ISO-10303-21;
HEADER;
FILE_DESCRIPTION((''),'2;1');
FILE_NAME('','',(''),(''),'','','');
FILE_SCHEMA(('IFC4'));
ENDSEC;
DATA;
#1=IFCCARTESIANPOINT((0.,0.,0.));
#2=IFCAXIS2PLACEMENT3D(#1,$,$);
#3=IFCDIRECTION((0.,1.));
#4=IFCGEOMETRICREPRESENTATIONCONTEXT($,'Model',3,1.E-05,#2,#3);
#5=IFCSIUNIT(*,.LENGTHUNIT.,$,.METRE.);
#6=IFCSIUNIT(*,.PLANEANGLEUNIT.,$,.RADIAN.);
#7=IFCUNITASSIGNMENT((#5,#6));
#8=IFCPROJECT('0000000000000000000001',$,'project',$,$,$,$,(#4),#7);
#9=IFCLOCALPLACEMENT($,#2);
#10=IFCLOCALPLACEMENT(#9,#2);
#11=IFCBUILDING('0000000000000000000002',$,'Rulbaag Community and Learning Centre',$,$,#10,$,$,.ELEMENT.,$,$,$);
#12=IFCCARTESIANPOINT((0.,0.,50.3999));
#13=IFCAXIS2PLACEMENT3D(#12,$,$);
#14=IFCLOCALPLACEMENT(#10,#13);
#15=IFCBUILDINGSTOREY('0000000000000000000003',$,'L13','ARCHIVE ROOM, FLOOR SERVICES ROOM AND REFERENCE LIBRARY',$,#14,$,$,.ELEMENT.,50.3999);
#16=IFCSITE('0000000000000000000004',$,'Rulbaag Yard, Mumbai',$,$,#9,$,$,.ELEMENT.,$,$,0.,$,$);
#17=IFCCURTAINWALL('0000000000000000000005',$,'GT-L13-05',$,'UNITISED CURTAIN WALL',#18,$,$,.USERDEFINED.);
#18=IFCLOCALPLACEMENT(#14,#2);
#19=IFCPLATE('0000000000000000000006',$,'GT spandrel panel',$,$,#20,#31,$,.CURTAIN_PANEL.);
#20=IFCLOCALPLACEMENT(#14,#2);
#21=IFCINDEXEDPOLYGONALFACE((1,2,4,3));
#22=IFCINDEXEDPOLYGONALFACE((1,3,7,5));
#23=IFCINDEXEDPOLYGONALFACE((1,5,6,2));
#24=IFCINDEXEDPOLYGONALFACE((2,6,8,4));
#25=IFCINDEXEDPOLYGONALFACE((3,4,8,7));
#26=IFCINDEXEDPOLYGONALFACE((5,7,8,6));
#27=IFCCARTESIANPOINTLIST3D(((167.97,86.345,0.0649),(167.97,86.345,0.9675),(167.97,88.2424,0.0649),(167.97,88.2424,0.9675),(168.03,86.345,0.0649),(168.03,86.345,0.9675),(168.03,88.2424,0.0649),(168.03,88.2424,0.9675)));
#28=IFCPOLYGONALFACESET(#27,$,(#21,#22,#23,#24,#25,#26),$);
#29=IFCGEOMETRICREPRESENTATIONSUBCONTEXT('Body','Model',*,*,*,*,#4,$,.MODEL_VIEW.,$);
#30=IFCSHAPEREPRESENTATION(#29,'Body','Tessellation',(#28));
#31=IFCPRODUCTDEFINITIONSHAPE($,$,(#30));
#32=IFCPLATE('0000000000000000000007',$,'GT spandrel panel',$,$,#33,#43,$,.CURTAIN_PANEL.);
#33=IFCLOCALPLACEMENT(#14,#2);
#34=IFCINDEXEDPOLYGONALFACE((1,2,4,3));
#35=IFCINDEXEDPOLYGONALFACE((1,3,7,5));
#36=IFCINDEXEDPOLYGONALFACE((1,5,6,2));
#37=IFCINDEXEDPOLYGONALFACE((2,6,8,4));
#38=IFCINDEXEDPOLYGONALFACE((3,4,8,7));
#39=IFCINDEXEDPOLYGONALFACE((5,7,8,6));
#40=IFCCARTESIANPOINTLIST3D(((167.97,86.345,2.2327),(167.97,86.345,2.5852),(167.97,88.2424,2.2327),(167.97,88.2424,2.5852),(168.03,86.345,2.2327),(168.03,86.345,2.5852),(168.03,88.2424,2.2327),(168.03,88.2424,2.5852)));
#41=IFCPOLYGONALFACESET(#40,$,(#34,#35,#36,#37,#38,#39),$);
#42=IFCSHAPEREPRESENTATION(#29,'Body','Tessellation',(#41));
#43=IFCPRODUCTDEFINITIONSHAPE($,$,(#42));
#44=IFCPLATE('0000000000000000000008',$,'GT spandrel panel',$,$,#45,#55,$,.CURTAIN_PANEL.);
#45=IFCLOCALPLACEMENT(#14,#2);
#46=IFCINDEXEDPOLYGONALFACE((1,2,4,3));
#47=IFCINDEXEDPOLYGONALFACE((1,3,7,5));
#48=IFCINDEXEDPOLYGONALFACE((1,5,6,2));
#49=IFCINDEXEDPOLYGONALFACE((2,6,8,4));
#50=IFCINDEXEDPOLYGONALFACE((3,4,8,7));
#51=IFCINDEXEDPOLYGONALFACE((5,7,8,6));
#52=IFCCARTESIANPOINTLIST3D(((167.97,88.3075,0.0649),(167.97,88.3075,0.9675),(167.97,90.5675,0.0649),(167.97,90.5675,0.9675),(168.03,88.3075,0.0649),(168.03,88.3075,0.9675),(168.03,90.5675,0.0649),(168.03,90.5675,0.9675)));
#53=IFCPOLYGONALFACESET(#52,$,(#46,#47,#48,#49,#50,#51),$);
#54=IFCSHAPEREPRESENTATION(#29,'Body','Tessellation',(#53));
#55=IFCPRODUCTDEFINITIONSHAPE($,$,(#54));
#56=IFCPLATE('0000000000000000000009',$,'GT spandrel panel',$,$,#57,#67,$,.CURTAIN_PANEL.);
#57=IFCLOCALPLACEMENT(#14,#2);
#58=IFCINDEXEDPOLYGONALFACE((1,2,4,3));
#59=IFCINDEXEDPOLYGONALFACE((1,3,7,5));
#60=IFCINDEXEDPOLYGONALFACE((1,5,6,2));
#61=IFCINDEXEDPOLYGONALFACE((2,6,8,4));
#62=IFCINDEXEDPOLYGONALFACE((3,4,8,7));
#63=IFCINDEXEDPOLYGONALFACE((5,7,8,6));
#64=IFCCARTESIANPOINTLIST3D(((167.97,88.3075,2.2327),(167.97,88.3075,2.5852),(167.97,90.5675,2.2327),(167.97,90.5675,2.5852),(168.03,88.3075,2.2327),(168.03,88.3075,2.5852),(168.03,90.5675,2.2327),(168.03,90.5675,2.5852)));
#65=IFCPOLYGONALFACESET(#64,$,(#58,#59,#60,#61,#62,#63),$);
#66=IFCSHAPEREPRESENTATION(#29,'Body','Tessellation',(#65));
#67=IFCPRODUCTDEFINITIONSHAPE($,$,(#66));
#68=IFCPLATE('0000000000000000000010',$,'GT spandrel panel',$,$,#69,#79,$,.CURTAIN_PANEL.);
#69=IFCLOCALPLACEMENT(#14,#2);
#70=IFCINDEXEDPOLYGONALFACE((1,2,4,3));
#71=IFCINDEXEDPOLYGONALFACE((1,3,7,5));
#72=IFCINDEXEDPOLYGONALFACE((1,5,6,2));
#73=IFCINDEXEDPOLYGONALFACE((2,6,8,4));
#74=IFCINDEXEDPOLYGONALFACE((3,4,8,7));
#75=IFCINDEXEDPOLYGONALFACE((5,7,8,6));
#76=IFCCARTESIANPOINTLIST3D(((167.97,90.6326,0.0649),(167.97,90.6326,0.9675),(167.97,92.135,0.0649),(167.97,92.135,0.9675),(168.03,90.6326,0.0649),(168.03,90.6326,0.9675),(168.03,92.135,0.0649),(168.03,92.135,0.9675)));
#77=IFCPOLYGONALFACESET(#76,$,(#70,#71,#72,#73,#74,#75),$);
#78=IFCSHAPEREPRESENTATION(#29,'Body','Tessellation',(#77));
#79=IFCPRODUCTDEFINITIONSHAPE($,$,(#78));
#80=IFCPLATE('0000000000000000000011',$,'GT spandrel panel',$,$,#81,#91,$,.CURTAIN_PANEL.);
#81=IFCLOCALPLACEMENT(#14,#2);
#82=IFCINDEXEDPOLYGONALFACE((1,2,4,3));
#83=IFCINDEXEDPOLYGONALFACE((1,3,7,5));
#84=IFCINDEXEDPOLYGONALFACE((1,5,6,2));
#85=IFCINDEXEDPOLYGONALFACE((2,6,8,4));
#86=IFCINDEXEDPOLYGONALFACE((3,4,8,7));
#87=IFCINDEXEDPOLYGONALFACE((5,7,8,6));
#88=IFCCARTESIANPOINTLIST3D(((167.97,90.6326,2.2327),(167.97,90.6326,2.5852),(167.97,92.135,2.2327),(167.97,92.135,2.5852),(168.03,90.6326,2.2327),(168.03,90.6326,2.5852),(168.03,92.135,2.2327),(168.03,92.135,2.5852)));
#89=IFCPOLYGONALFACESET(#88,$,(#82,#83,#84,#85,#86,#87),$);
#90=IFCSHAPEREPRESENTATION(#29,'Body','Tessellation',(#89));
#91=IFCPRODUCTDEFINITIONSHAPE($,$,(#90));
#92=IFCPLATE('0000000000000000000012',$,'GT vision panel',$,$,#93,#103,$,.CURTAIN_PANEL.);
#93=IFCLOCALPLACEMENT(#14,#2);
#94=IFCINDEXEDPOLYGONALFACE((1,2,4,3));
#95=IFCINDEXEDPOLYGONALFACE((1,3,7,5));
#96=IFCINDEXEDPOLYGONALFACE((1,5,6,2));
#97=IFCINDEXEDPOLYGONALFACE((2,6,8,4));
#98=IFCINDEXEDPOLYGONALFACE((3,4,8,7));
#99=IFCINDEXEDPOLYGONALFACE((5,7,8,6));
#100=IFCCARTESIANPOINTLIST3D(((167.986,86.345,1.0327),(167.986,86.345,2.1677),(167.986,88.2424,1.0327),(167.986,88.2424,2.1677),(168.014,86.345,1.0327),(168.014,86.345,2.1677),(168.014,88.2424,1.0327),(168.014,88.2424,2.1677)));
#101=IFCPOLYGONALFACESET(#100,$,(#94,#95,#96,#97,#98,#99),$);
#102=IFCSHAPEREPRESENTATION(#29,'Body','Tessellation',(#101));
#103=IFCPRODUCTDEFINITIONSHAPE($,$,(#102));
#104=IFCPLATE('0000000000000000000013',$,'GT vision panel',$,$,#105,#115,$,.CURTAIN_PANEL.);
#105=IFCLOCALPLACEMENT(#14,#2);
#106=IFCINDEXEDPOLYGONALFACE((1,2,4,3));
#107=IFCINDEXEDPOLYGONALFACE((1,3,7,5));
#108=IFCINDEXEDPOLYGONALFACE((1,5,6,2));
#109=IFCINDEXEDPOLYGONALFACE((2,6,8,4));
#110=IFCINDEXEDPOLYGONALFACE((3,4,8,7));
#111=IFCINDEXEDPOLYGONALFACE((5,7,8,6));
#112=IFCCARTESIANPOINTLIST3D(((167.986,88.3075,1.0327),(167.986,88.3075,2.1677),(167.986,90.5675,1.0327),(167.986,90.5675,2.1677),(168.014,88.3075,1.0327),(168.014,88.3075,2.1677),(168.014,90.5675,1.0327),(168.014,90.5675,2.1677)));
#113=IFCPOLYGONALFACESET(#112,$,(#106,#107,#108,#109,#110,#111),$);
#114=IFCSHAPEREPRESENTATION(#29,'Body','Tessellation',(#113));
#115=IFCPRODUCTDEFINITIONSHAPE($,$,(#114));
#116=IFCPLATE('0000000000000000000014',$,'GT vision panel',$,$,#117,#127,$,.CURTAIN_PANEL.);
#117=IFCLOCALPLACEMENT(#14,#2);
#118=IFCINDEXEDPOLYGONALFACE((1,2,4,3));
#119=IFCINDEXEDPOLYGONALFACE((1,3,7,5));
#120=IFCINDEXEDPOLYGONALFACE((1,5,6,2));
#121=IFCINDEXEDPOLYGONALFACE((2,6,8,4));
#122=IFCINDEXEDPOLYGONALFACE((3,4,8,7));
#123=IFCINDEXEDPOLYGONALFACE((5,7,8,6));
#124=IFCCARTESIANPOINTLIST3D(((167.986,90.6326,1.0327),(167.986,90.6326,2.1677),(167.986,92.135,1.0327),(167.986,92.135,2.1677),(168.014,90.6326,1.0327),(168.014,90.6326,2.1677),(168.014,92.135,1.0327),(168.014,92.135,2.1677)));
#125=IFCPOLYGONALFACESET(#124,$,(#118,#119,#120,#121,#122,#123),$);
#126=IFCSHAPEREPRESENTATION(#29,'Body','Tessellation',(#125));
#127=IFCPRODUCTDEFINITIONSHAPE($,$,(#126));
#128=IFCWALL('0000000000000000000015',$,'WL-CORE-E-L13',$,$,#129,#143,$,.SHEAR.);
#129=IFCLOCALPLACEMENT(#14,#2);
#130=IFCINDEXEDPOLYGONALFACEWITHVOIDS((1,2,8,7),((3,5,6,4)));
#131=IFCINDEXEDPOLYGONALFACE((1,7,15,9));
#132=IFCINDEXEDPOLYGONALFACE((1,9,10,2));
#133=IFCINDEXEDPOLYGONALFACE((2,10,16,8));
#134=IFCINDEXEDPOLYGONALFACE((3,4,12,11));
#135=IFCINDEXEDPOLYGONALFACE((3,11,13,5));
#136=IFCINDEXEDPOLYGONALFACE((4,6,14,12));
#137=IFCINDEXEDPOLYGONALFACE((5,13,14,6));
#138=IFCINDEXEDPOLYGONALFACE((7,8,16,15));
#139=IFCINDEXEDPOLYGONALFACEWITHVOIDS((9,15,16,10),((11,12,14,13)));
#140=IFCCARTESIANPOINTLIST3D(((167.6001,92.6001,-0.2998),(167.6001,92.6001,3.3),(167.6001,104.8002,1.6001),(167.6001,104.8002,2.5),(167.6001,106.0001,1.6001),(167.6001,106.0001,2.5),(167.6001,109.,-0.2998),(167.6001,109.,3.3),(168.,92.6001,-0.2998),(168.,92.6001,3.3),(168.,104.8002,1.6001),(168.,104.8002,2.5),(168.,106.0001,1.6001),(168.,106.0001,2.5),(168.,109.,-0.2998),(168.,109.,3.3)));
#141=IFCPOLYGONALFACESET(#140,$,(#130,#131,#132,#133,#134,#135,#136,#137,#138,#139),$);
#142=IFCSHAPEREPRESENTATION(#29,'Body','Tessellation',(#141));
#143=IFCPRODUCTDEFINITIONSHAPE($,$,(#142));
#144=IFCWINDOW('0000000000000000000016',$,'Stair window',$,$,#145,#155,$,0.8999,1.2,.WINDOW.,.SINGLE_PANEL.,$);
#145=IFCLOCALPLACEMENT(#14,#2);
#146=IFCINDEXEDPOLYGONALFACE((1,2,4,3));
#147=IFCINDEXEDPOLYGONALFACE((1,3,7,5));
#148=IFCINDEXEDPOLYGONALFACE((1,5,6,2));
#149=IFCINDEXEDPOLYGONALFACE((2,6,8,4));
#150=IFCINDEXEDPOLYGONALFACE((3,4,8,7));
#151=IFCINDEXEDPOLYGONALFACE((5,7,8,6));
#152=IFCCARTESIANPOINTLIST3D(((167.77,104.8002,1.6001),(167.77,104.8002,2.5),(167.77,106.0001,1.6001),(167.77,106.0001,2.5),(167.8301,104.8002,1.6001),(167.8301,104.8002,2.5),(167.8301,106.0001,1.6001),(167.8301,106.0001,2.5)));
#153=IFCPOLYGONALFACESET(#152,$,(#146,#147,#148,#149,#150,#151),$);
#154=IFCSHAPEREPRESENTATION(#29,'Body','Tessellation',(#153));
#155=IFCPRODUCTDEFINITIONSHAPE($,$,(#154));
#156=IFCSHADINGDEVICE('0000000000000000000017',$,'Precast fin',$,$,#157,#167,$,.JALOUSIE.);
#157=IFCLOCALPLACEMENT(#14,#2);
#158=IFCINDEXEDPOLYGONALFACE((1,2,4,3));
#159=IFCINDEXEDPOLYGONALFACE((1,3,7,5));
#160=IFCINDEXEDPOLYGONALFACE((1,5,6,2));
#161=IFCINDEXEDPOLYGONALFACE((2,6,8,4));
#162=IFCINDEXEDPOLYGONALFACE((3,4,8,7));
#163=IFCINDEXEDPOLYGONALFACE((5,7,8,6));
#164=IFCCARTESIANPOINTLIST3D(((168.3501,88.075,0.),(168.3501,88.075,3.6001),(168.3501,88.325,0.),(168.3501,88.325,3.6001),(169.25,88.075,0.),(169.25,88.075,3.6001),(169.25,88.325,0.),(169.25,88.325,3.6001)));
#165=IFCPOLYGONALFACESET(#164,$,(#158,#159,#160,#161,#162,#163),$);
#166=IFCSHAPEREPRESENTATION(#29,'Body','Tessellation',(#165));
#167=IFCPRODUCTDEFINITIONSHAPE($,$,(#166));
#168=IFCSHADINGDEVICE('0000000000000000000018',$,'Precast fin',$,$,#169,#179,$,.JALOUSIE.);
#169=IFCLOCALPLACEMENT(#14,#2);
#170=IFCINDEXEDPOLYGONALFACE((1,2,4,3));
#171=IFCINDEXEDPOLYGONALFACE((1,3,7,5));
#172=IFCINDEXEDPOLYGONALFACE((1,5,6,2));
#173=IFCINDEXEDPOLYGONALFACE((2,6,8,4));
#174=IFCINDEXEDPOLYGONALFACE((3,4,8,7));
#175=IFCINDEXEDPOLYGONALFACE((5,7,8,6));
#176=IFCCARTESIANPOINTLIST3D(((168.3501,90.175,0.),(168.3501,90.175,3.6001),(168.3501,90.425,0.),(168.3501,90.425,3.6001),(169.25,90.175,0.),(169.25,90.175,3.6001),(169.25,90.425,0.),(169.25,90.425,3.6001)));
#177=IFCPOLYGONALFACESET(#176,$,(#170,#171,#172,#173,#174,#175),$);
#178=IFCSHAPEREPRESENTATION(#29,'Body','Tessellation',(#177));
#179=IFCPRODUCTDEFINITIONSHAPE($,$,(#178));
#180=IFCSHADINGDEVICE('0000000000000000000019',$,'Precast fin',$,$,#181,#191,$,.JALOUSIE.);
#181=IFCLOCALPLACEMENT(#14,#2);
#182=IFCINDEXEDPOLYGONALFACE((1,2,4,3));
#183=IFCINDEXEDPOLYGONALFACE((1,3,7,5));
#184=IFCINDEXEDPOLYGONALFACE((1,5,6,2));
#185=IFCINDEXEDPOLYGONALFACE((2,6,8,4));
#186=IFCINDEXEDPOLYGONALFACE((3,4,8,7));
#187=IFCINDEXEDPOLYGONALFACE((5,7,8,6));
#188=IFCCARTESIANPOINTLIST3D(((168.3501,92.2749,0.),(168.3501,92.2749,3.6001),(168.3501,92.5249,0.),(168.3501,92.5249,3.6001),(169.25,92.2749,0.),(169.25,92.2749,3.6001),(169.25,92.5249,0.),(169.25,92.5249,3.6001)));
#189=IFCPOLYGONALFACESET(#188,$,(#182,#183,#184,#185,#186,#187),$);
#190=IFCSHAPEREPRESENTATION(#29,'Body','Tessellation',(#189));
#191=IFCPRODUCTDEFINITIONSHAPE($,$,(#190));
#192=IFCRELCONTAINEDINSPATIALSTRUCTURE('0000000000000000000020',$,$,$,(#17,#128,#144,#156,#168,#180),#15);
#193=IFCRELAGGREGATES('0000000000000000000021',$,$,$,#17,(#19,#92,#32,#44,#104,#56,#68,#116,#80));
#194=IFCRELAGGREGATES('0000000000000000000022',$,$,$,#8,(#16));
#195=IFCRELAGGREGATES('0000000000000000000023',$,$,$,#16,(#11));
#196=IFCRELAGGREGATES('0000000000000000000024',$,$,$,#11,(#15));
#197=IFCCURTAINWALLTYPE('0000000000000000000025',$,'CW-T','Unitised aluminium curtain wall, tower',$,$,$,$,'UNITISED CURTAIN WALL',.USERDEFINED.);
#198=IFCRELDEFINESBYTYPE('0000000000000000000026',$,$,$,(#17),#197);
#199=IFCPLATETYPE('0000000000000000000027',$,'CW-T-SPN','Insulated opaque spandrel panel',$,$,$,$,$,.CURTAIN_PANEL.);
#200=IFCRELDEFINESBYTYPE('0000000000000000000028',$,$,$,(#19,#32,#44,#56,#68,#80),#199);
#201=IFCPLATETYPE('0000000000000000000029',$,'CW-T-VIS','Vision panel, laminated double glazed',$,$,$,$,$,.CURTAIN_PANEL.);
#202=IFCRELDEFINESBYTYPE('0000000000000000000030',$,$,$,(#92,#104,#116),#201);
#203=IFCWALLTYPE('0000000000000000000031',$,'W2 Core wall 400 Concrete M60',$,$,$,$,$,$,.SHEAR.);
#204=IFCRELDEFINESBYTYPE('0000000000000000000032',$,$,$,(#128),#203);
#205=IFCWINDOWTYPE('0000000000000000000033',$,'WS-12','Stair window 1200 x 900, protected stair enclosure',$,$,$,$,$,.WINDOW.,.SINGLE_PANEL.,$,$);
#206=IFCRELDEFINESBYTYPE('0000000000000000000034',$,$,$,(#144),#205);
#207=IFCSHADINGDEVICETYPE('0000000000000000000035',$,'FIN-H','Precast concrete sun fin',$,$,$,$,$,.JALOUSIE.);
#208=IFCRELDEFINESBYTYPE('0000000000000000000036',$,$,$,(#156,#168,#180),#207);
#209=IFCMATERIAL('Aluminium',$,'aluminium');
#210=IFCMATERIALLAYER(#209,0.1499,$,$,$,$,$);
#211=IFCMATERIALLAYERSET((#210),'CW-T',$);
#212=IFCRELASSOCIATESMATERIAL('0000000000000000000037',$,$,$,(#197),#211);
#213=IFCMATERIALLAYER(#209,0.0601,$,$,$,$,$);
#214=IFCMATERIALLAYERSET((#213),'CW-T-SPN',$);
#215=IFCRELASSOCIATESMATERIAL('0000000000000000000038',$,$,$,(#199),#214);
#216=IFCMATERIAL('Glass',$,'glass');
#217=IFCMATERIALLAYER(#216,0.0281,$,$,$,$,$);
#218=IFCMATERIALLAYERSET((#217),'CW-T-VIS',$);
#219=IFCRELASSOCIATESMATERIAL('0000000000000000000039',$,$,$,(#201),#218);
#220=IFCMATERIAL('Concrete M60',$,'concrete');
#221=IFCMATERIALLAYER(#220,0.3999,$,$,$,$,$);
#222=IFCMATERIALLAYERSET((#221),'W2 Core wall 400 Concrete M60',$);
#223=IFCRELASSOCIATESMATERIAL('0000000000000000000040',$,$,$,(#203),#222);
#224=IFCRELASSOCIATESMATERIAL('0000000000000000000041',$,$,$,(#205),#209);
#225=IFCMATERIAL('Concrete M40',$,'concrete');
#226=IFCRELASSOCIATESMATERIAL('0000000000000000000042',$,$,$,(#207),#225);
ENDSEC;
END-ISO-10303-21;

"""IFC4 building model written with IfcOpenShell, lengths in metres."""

from ifc_helpers import new_model, si_unit, direction, frame, frame_2d, origin, origin_2d, place, context, subcontext, project, spatial, rectangle, extrude, material, layer, layer_set, material_profile, profile_set, type_object, element, fill, aggregate, save


model = new_model("IFC4")

# Units and contexts
model_context = context("Model", 3, precision=1e-05, world=origin(), true_north=direction((0.0, 1.0)))
body_context = subcontext(model_context, "Body", "Model", "MODEL_VIEW")
ifc_project = project(units=[si_unit("LENGTHUNIT", "METRE"), si_unit("PLANEANGLEUNIT", "RADIAN")], contexts=[model_context])

# Site, building, storey
site_placement = place(None, origin())
site = spatial("IfcSite", under=ifc_project, at=site_placement, Name="Rulbaag Yard, Mumbai", CompositionType="ELEMENT", RefElevation=0.0)
building_placement = place(site_placement, origin())
building = spatial("IfcBuilding", under=site, at=building_placement, Name="Rulbaag Community and Learning Centre", CompositionType="ELEMENT")
storey_placement = place(building_placement, frame((0.0, 0.0, 50.3999)))
storey = spatial("IfcBuildingStorey", under=building, at=storey_placement, Name="L13", Description="ARCHIVE ROOM, FLOOR SERVICES ROOM AND REFERENCE LIBRARY", CompositionType="ELEMENT", Elevation=50.3999)

# Curtain wall, plates
ifc_material_1 = material(Name="Aluminium", Category="aluminium")
ifc_layer_1 = layer(ifc_material_1, 0.1499)
ifc_layer_set_1 = layer_set([ifc_layer_1], Name="CW-T")
curtain_wall_type = type_object("IfcCurtainWallType", Name="CW-T", Description="Unitised aluminium curtain wall, tower", ElementType="UNITISED CURTAIN WALL", PredefinedType="USERDEFINED", material=ifc_layer_set_1)
curtain_wall_placement = place(storey_placement, origin())
curtain_wall = element("IfcCurtainWall", 1, at=curtain_wall_placement, inside=storey, type_object=curtain_wall_type, Name="GT-L13-05", ObjectType="UNITISED CURTAIN WALL", PredefinedType="USERDEFINED")
ifc_layer_2 = layer(ifc_material_1, 0.0601)
ifc_layer_set_2 = layer_set([ifc_layer_2], Name="CW-T-SPN")
plate_type_1 = type_object("IfcPlateType", Name="CW-T-SPN", Description="Insulated opaque spandrel panel", PredefinedType="CURTAIN_PANEL", material=ifc_layer_set_2)
plate_1_placement = place(storey_placement, frame((168.0, 87.2937, 0.0649), z_axis=(0.0, 0.0, 1.0), x_axis=(0.0, 1.0, 0.0)))
plate_1 = element("IfcPlate", 2, at=plate_1_placement, type_object=plate_type_1, Name="GT spandrel panel", PredefinedType="CURTAIN_PANEL", context=body_context, shape_type="SweptSolid", body=[
    extrude(rectangle(XDim=1.8975, YDim=0.0601, at=origin_2d()), origin(), (0.0, 0.0, 1.0), 0.9026),
])
plate_2_placement = place(storey_placement, frame((168.0, 87.2937, 2.2327), z_axis=(0.0, 0.0, 1.0), x_axis=(0.0, 1.0, 0.0)))
plate_2 = element("IfcPlate", 3, at=plate_2_placement, type_object=plate_type_1, Name="GT spandrel panel", PredefinedType="CURTAIN_PANEL", context=body_context, shape_type="SweptSolid", body=[
    extrude(rectangle(XDim=1.8975, YDim=0.0601, at=origin_2d()), origin(), (0.0, 0.0, 1.0), 0.3525),
])
plate_3_placement = place(storey_placement, frame((168.0, 89.4375, 0.0649), z_axis=(0.0, 0.0, 1.0), x_axis=(0.0, 1.0, 0.0)))
plate_3 = element("IfcPlate", 4, at=plate_3_placement, type_object=plate_type_1, Name="GT spandrel panel", PredefinedType="CURTAIN_PANEL", context=body_context, shape_type="SweptSolid", body=[
    extrude(rectangle(XDim=2.26, YDim=0.0601, at=origin_2d()), origin(), (0.0, 0.0, 1.0), 0.9026),
])
plate_4_placement = place(storey_placement, frame((168.0, 89.4375, 2.2327), z_axis=(0.0, 0.0, 1.0), x_axis=(0.0, 1.0, 0.0)))
plate_4 = element("IfcPlate", 5, at=plate_4_placement, type_object=plate_type_1, Name="GT spandrel panel", PredefinedType="CURTAIN_PANEL", context=body_context, shape_type="SweptSolid", body=[
    extrude(rectangle(XDim=2.26, YDim=0.0601, at=origin_2d()), origin(), (0.0, 0.0, 1.0), 0.3525),
])
plate_5_placement = place(storey_placement, frame((168.0, 91.3838, 0.0649), z_axis=(0.0, 0.0, 1.0), x_axis=(0.0, 1.0, 0.0)))
plate_5 = element("IfcPlate", 6, at=plate_5_placement, type_object=plate_type_1, Name="GT spandrel panel", PredefinedType="CURTAIN_PANEL", context=body_context, shape_type="SweptSolid", body=[
    extrude(rectangle(XDim=1.5024, YDim=0.0601, at=origin_2d()), origin(), (0.0, 0.0, 1.0), 0.9026),
])
plate_6_placement = place(storey_placement, frame((168.0, 91.3838, 2.2327), z_axis=(0.0, 0.0, 1.0), x_axis=(0.0, 1.0, 0.0)))
plate_6 = element("IfcPlate", 7, at=plate_6_placement, type_object=plate_type_1, Name="GT spandrel panel", PredefinedType="CURTAIN_PANEL", context=body_context, shape_type="SweptSolid", body=[
    extrude(rectangle(XDim=1.5024, YDim=0.0601, at=origin_2d()), origin(), (0.0, 0.0, 1.0), 0.3525),
])
ifc_material_2 = material(Name="Glass", Category="glass")
ifc_layer_3 = layer(ifc_material_2, 0.0281)
ifc_layer_set_3 = layer_set([ifc_layer_3], Name="CW-T-VIS")
plate_type_2 = type_object("IfcPlateType", Name="CW-T-VIS", Description="Vision panel, laminated double glazed", PredefinedType="CURTAIN_PANEL", material=ifc_layer_set_3)
plate_7_placement = place(storey_placement, frame((168.0, 87.2937, 1.0327), z_axis=(0.0, 0.0, 1.0), x_axis=(0.0, 1.0, 0.0)))
plate_7 = element("IfcPlate", 8, at=plate_7_placement, type_object=plate_type_2, Name="GT vision panel", PredefinedType="CURTAIN_PANEL", context=body_context, shape_type="SweptSolid", body=[
    extrude(rectangle(XDim=1.8975, YDim=0.0281, at=origin_2d()), origin(), (0.0, 0.0, 1.0), 1.135),
])
plate_8_placement = place(storey_placement, frame((168.0, 89.4375, 1.0327), z_axis=(0.0, 0.0, 1.0), x_axis=(0.0, 1.0, 0.0)))
plate_8 = element("IfcPlate", 9, at=plate_8_placement, type_object=plate_type_2, Name="GT vision panel", PredefinedType="CURTAIN_PANEL", context=body_context, shape_type="SweptSolid", body=[
    extrude(rectangle(XDim=2.26, YDim=0.0281, at=origin_2d()), origin(), (0.0, 0.0, 1.0), 1.135),
])
plate_9_placement = place(storey_placement, frame((168.0, 91.3838, 1.0327), z_axis=(0.0, 0.0, 1.0), x_axis=(0.0, 1.0, 0.0)))
plate_9 = element("IfcPlate", 10, at=plate_9_placement, type_object=plate_type_2, Name="GT vision panel", PredefinedType="CURTAIN_PANEL", context=body_context, shape_type="SweptSolid", body=[
    extrude(rectangle(XDim=1.5024, YDim=0.0281, at=origin_2d()), origin(), (0.0, 0.0, 1.0), 1.135),
])
aggregate(curtain_wall, [plate_1, plate_7, plate_2, plate_3, plate_8, plate_4, plate_5, plate_9, plate_6])

# Wall, opening, window
ifc_material_3 = material(Name="Concrete M60", Category="concrete")
ifc_layer_4 = layer(ifc_material_3, 0.3999)
ifc_layer_set_4 = layer_set([ifc_layer_4], Name="W2 Core wall 400 Concrete M60")
wall_type = type_object("IfcWallType", Name="W2 Core wall 400 Concrete M60", PredefinedType="SHEAR", material=ifc_layer_set_4)
wall_placement = place(storey_placement, frame((167.8, 92.6001, -0.2998), z_axis=(0.0, 0.0, 1.0), x_axis=(0.0, 1.0, 0.0)))
wall = element("IfcWall", 11, at=wall_placement, inside=storey, type_object=wall_type, Name="WL-CORE-E-L13", PredefinedType="SHEAR", context=body_context, shape_type="SweptSolid", body=[
    extrude(rectangle(XDim=16.3999, YDim=0.3999, at=frame_2d((8.2, 0.0))), origin(), (0.0, 0.0, 1.0), 3.5999),
])
opening_placement = place(wall_placement, frame((12.2, 0.0, 1.8999)))
opening = element("IfcOpeningElement", 12, at=opening_placement, cuts=wall, PredefinedType="OPENING", context=body_context, shape_type="SweptSolid", body=[
    extrude(rectangle(XDim=1.2, YDim=0.8999, at=frame_2d((0.6001, 0.45))), frame((0.0, 0.21, 0.0), z_axis=(0.0, -1.0, 0.0), x_axis=(1.0, 0.0, 0.0)), (0.0, 0.0, 1.0), 0.4199),
])
window_type = type_object("IfcWindowType", Name="WS-12", Description="Stair window 1200 x 900, protected stair enclosure", PartitioningType="SINGLE_PANEL", PredefinedType="WINDOW", material=ifc_material_1)
window_placement = place(opening_placement, origin())
window = element("IfcWindow", 13, at=window_placement, inside=storey, type_object=window_type, Name="Stair window", OverallHeight=0.8999, OverallWidth=1.2, PartitioningType="SINGLE_PANEL", PredefinedType="WINDOW", context=body_context, shape_type="SweptSolid", body=[
    extrude(rectangle(XDim=1.2, YDim=0.8999, at=frame_2d((0.6001, 0.45))), frame((0.0, 0.03, 0.0), z_axis=(0.0, -1.0, 0.0), x_axis=(1.0, 0.0, 0.0)), (0.0, 0.0, 1.0), 0.0601),
])
fill(opening, window)

# Shading devices
ifc_material_4 = material(Name="Concrete M40", Category="concrete")
ifc_material_profile_1 = material_profile(ifc_material_4, rectangle(XDim=0.25, YDim=0.8999, at=origin_2d()), Name="PC 250x900")
ifc_profile_set_1 = profile_set([ifc_material_profile_1], Name="Concrete M40")
shading_device_type = type_object("IfcShadingDeviceType", Name="FIN-H", Description="Precast concrete sun fin", PredefinedType="JALOUSIE", material=ifc_profile_set_1)
for number, where, z_axis, x_axis, name in (
    (14, (168.8, 88.2, 0.0), (0.0, 0.0, 1.0), (0.0, 1.0, 0.0), "Precast fin"),
    (15, (168.8, 90.3, 0.0), (0.0, 0.0, 1.0), (0.0, 1.0, 0.0), "Precast fin"),
    (16, (168.8, 92.3999, 0.0), (0.0, 0.0, 1.0), (0.0, 1.0, 0.0), "Precast fin"),
):
    element("IfcShadingDevice", number, at=place(storey_placement, frame(where, z_axis=z_axis, x_axis=x_axis)), inside=storey, type_object=shading_device_type, Name=name, PredefinedType="JALOUSIE", context=body_context, shape_type="SweptSolid", body=[
        extrude(rectangle(XDim=0.25, YDim=0.8999, at=origin_2d()), origin(), (0.0, 0.0, 1.0), 3.6001),
    ])

save(model, "model.ifc")
